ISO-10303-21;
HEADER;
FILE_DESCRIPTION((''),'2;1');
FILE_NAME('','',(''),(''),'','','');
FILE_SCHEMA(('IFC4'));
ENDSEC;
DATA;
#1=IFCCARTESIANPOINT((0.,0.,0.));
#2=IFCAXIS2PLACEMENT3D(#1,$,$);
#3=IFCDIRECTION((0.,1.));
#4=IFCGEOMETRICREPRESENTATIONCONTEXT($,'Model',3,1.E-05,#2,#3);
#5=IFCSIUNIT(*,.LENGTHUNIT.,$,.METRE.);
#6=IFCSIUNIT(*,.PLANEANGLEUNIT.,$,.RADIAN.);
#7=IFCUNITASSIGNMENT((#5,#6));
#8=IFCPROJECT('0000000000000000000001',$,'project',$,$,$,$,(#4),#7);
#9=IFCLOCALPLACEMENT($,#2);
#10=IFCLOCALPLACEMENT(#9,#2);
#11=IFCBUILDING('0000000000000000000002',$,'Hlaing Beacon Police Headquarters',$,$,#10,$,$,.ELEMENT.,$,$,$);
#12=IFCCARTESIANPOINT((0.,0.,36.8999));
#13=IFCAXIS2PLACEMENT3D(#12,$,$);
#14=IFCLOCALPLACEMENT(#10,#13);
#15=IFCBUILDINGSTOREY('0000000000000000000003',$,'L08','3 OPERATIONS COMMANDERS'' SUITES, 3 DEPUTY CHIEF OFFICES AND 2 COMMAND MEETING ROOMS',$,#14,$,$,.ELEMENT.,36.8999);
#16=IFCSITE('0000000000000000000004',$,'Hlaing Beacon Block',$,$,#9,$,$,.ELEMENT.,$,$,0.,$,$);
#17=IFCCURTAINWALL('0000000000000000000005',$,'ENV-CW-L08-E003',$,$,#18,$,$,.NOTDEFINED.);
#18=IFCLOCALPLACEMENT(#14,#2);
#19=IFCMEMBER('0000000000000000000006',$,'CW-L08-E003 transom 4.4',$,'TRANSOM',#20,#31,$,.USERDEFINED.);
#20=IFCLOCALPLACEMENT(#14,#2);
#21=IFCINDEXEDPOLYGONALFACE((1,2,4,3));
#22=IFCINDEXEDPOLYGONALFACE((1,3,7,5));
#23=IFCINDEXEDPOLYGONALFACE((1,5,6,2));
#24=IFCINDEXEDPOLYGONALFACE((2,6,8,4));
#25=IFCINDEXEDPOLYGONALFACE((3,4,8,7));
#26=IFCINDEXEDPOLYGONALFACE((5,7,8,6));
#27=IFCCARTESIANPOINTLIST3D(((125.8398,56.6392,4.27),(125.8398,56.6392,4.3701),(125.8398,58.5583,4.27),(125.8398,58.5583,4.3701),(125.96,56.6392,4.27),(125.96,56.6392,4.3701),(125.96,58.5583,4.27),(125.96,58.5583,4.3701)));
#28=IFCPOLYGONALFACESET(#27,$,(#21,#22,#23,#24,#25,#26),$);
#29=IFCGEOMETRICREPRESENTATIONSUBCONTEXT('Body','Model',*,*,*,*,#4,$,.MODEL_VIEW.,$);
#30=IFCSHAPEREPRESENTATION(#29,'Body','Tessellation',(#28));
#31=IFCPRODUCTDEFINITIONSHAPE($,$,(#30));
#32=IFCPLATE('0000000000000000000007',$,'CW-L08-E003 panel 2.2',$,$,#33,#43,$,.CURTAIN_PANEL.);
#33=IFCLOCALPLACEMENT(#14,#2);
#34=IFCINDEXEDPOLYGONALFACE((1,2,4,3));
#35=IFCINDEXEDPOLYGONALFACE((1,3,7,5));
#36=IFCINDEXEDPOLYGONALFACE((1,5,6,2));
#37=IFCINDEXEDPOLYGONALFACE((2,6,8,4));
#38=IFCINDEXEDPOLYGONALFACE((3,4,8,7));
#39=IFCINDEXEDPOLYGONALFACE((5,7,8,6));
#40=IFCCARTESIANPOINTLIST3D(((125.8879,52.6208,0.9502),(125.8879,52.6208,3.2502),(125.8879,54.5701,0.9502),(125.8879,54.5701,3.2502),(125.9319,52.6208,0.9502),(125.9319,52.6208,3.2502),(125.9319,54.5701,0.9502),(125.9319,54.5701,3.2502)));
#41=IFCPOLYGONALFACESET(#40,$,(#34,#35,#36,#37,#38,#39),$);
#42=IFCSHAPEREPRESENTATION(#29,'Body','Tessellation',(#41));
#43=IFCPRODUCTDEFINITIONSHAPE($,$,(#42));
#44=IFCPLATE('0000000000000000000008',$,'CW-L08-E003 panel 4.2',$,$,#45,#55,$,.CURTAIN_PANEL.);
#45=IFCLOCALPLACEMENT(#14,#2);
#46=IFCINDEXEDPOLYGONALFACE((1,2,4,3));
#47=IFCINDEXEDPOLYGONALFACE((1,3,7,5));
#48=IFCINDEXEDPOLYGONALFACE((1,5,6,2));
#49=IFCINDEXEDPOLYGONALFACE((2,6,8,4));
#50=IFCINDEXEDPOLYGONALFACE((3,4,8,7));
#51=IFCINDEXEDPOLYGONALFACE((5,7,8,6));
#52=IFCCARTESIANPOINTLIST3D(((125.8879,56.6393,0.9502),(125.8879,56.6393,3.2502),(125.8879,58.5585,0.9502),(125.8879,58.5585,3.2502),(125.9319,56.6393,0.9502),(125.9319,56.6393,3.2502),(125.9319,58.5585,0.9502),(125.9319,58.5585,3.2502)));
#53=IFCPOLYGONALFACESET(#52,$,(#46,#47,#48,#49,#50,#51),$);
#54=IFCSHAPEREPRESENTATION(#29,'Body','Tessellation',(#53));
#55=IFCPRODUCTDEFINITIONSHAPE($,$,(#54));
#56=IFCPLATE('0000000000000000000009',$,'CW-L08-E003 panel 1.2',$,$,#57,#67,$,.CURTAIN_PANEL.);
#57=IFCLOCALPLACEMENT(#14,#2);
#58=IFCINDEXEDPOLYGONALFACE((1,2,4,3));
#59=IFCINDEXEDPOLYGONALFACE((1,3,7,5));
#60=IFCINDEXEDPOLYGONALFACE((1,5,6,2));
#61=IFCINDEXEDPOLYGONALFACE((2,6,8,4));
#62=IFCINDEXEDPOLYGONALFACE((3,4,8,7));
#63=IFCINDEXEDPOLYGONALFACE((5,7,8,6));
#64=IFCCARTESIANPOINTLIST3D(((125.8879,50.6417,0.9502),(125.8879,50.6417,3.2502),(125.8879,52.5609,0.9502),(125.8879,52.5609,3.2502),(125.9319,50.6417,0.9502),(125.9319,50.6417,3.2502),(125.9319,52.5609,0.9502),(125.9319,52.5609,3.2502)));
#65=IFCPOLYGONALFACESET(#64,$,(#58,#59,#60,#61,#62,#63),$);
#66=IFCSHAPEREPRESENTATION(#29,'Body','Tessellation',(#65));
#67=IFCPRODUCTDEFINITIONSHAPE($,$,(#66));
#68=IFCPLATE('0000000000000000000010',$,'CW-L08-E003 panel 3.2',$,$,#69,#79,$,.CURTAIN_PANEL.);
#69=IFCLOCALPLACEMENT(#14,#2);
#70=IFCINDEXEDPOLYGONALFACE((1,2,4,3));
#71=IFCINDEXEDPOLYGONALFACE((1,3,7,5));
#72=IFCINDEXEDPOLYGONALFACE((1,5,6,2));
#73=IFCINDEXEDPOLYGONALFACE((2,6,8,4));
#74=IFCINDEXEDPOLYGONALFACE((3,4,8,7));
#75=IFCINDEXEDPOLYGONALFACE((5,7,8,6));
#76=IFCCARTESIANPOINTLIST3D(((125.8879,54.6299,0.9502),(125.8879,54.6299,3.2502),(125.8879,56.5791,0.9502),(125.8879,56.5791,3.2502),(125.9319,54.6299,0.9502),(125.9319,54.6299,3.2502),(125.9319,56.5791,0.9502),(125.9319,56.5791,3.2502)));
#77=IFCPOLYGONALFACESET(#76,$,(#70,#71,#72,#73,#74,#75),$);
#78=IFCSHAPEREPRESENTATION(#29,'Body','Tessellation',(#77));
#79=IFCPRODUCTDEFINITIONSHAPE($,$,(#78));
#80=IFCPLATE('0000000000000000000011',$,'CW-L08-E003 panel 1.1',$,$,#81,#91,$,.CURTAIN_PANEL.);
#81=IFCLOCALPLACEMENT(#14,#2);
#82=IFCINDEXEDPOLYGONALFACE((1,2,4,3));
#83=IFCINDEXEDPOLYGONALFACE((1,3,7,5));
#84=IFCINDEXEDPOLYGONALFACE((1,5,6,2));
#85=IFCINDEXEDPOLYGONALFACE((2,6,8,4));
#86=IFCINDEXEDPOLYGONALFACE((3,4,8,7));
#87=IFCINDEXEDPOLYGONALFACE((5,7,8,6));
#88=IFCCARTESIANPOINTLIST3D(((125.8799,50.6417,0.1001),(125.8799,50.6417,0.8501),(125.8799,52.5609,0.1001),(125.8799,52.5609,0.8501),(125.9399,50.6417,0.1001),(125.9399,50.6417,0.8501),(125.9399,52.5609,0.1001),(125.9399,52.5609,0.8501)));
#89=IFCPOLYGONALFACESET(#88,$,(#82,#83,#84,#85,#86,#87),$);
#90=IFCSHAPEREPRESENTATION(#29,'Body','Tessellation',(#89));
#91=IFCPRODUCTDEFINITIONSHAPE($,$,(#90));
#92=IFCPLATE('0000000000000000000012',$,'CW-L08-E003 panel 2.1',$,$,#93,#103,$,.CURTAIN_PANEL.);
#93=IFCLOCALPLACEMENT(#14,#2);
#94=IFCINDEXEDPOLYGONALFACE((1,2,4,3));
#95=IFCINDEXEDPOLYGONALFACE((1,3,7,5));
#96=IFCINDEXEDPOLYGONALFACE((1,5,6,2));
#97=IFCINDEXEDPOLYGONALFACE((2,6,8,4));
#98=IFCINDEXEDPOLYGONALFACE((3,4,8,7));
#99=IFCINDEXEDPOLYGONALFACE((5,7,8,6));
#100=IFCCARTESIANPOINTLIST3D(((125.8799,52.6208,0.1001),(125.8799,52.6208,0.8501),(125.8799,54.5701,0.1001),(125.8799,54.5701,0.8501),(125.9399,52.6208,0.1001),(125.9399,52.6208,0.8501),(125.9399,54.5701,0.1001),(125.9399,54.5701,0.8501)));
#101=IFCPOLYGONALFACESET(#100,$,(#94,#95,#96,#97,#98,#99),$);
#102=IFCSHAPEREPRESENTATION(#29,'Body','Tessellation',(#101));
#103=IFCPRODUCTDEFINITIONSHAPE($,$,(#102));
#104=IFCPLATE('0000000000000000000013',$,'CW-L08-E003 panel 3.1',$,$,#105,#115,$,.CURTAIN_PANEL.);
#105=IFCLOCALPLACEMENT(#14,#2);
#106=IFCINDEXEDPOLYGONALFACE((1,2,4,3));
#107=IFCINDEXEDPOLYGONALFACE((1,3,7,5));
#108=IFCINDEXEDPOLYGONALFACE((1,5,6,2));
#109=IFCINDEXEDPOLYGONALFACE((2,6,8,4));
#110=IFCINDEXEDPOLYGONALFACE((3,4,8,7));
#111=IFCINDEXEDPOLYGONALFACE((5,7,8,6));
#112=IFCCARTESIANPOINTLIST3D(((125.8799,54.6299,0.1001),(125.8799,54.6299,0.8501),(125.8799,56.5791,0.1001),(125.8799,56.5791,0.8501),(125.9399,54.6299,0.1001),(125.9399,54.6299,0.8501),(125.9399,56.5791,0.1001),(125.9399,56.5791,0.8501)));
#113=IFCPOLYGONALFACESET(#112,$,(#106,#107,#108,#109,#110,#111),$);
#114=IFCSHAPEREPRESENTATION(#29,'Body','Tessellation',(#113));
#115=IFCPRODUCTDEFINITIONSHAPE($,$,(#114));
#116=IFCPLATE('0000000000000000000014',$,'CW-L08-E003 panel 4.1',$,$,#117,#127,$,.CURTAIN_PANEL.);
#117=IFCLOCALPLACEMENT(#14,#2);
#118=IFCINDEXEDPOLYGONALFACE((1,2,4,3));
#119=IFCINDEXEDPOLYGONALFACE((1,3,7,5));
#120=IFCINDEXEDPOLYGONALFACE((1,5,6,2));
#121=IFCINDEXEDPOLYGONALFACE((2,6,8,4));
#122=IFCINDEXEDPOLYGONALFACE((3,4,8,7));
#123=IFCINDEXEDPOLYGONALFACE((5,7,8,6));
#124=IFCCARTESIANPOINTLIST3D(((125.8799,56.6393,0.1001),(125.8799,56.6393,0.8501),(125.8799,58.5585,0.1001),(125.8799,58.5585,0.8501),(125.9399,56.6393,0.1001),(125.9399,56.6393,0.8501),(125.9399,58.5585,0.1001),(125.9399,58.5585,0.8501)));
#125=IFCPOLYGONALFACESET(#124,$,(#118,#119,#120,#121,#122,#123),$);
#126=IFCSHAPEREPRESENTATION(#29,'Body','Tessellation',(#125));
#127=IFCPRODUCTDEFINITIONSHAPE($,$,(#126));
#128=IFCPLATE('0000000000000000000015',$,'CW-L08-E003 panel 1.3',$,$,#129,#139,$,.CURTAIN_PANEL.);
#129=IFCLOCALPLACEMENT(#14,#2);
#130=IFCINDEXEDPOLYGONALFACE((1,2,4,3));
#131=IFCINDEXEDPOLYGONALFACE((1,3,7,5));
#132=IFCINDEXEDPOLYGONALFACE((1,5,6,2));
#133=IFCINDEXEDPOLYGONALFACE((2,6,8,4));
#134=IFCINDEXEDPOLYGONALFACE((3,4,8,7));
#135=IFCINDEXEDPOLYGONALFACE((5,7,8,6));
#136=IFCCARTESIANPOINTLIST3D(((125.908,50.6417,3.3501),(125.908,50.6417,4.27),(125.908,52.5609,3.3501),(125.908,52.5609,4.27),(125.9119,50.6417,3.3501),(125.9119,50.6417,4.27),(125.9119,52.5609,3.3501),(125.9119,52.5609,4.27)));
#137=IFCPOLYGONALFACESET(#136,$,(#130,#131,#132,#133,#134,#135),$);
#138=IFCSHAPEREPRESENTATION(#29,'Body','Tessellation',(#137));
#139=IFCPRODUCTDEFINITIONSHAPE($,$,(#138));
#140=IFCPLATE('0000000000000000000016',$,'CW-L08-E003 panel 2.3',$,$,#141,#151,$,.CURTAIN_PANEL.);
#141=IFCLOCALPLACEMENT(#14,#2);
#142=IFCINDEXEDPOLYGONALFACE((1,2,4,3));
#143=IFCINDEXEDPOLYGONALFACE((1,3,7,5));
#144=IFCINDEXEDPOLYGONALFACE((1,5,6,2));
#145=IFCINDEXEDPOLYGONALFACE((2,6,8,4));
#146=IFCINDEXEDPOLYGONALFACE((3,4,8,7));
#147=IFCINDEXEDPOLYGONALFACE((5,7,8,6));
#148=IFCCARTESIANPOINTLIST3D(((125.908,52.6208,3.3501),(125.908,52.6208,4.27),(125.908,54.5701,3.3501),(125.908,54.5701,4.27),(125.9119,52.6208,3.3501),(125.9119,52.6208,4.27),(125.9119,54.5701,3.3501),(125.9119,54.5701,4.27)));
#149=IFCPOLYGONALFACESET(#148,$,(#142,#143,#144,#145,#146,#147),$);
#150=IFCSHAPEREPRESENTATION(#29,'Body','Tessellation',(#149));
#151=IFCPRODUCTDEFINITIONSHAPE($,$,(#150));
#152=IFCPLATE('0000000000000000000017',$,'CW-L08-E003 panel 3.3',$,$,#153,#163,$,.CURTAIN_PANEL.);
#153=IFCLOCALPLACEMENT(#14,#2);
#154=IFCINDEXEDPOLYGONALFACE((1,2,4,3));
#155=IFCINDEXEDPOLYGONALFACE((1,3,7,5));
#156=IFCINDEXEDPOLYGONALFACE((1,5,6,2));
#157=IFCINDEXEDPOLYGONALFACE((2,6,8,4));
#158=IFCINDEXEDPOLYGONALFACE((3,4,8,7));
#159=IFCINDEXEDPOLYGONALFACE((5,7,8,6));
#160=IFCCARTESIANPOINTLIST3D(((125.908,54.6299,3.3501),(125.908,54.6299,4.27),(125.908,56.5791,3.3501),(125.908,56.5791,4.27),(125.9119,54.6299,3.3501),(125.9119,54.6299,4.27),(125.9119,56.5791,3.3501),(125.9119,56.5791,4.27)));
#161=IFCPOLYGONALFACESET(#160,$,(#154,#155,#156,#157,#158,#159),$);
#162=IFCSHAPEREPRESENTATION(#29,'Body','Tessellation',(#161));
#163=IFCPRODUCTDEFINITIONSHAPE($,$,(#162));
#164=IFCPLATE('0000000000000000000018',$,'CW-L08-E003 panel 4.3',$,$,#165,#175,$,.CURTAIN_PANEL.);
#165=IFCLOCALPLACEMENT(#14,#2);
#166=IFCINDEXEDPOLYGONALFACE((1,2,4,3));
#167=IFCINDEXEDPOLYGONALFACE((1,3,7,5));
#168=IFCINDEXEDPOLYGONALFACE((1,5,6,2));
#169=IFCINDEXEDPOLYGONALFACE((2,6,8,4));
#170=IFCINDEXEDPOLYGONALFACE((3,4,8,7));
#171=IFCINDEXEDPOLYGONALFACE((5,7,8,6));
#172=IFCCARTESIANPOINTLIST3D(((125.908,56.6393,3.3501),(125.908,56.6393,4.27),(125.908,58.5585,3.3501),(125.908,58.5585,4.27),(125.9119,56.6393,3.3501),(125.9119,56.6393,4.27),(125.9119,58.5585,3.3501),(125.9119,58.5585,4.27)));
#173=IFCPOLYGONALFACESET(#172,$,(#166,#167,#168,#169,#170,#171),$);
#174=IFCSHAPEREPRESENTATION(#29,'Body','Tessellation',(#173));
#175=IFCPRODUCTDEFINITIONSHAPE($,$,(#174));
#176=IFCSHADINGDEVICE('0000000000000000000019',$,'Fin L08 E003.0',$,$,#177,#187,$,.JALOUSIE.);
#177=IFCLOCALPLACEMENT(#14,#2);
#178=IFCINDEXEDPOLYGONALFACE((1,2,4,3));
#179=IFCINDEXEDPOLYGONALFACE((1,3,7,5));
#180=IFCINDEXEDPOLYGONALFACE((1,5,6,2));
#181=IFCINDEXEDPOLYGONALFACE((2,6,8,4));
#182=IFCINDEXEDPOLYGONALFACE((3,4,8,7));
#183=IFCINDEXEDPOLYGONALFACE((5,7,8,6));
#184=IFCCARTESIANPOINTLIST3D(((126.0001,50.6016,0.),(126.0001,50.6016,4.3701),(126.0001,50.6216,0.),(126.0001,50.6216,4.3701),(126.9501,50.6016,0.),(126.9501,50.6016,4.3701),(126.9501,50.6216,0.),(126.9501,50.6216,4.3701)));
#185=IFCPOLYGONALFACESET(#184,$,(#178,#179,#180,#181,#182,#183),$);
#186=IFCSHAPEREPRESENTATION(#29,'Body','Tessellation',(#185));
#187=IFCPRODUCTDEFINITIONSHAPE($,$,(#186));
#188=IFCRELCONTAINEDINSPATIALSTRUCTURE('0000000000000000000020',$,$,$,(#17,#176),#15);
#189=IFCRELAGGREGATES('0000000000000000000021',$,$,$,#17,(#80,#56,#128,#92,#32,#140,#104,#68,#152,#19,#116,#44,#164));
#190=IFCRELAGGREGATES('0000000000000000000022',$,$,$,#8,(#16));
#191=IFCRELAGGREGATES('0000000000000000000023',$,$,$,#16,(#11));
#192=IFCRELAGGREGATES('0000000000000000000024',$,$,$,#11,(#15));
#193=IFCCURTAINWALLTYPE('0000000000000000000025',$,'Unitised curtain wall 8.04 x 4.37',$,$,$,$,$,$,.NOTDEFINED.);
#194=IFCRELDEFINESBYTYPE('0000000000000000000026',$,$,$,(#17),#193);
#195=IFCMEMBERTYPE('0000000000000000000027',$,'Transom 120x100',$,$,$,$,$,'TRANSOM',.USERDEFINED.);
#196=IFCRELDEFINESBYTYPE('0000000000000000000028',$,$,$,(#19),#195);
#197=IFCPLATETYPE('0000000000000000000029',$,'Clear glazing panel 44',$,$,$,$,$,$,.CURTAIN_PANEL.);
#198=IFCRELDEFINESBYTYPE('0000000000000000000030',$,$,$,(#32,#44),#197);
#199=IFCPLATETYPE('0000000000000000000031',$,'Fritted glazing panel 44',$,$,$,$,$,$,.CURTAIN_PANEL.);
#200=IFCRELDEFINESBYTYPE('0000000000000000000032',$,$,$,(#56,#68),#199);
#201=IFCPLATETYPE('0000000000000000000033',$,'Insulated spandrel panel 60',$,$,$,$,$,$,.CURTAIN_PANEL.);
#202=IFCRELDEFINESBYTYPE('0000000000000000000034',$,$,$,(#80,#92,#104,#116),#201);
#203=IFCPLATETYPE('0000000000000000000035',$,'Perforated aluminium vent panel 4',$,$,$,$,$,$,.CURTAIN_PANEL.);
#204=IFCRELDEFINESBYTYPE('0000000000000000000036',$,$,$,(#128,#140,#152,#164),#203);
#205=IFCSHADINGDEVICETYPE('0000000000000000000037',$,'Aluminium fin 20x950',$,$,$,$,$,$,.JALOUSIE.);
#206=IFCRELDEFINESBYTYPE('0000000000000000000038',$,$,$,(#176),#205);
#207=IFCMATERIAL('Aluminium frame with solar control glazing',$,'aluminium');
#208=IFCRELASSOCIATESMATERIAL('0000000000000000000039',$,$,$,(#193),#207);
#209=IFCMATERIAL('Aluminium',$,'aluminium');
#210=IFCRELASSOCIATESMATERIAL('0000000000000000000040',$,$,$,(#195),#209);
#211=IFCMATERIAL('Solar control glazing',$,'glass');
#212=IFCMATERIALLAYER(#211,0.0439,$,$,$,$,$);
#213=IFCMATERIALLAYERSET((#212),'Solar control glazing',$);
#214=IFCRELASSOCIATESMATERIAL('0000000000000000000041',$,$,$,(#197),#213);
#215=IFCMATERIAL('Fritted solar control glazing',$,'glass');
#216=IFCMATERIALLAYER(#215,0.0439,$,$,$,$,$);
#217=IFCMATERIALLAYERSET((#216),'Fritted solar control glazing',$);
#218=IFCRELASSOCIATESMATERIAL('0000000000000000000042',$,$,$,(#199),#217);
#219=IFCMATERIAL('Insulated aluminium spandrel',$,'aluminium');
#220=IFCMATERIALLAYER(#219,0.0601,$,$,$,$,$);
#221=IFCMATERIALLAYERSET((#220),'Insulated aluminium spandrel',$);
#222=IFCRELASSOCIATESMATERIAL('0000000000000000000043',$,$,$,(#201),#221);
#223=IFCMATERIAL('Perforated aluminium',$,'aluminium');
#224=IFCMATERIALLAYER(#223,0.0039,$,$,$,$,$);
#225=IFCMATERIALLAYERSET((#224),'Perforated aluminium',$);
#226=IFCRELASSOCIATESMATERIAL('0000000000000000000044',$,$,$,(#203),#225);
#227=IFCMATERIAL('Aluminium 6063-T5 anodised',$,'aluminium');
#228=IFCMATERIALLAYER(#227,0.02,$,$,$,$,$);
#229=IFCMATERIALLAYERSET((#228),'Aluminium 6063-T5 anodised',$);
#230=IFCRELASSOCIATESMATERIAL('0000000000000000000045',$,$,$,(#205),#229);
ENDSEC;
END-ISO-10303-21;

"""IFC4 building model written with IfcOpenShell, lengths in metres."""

from ifc_helpers import new_model, si_unit, direction, frame, origin, origin_2d, place, context, subcontext, project, spatial, rectangle, extrude, material, layer, layer_set, material_profile, profile_set, type_object, element, aggregate, save


model = new_model("IFC4")

# Units and contexts
model_context = context("Model", 3, precision=1e-05, world=origin(), true_north=direction((0.0, 1.0)))
body_context = subcontext(model_context, "Body", "Model", "MODEL_VIEW")
ifc_project = project(units=[si_unit("LENGTHUNIT", "METRE"), si_unit("PLANEANGLEUNIT", "RADIAN")], contexts=[model_context])

# Site, building, storey
site_placement = place(None, origin())
site = spatial("IfcSite", under=ifc_project, at=site_placement, Name="Hlaing Beacon Block", CompositionType="ELEMENT", RefElevation=0.0)
building_placement = place(site_placement, origin())
building = spatial("IfcBuilding", under=site, at=building_placement, Name="Hlaing Beacon Police Headquarters", CompositionType="ELEMENT")
storey_placement = place(building_placement, frame((0.0, 0.0, 36.8999)))
storey = spatial("IfcBuildingStorey", under=building, at=storey_placement, Name="L08", Description="3 OPERATIONS COMMANDERS' SUITES, 3 DEPUTY CHIEF OFFICES AND 2 COMMAND MEETING ROOMS", CompositionType="ELEMENT", Elevation=36.8999)

# Curtain wall, member, plates
ifc_material_1 = material(Name="Aluminium frame with solar control glazing", Category="aluminium")
curtain_wall_type = type_object("IfcCurtainWallType", Name="Unitised curtain wall 8.04 x 4.37", PredefinedType="NOTDEFINED", material=ifc_material_1)
curtain_wall_placement = place(storey_placement, origin())
curtain_wall = element("IfcCurtainWall", 1, at=curtain_wall_placement, inside=storey, type_object=curtain_wall_type, Name="ENV-CW-L08-E003", PredefinedType="NOTDEFINED")
ifc_material_2 = material(Name="Aluminium", Category="aluminium")
ifc_material_profile_1 = material_profile(ifc_material_2, rectangle(XDim=0.1201, YDim=0.1001, at=origin_2d()), Name="Transom 120x100")
ifc_profile_set_1 = profile_set([ifc_material_profile_1], Name="Aluminium")
member_type_1 = type_object("IfcMemberType", Name="Transom 120x100", ElementType="TRANSOM", PredefinedType="USERDEFINED", material=ifc_profile_set_1)
member_1_placement = place(storey_placement, frame((125.8999, 56.6392, 4.3201), z_axis=(0.0, 1.0, 0.0), x_axis=(-1.0, 0.0, 0.0)))
member_1 = element("IfcMember", 2, at=member_1_placement, type_object=member_type_1, Name="CW-L08-E003 transom 4.4", ObjectType="TRANSOM", PredefinedType="USERDEFINED", context=body_context, shape_type="SweptSolid", body=[
    extrude(rectangle(XDim=0.1201, YDim=0.1001, at=origin_2d()), origin(), (0.0, 0.0, 1.0), 1.9192),
])
ifc_material_3 = material(Name="Solar control glazing", Category="glass")
ifc_layer_1 = layer(ifc_material_3, 0.0439)
ifc_layer_set_1 = layer_set([ifc_layer_1], Name="Solar control glazing")
plate_type_1 = type_object("IfcPlateType", Name="Clear glazing panel 44", PredefinedType="CURTAIN_PANEL", material=ifc_layer_set_1)
plate_1_placement = place(storey_placement, frame((125.9099, 53.5955, 0.9502), z_axis=(0.0, 0.0, 1.0), x_axis=(0.0, 1.0, 0.0)))
plate_1 = element("IfcPlate", 3, at=plate_1_placement, type_object=plate_type_1, Name="CW-L08-E003 panel 2.2", PredefinedType="CURTAIN_PANEL", context=body_context, shape_type="SweptSolid", body=[
    extrude(rectangle(XDim=1.9492, YDim=0.0439, at=origin_2d()), origin(), (0.0, 0.0, 1.0), 2.3),
])
plate_2_placement = place(storey_placement, frame((125.9099, 57.5989, 0.9502), z_axis=(0.0, 0.0, 1.0), x_axis=(0.0, 1.0, 0.0)))
plate_2 = element("IfcPlate", 4, at=plate_2_placement, type_object=plate_type_1, Name="CW-L08-E003 panel 4.2", PredefinedType="CURTAIN_PANEL", context=body_context, shape_type="SweptSolid", body=[
    extrude(rectangle(XDim=1.9192, YDim=0.0439, at=origin_2d()), origin(), (0.0, 0.0, 1.0), 2.3),
])
ifc_material_4 = material(Name="Fritted solar control glazing", Category="glass")
ifc_layer_2 = layer(ifc_material_4, 0.0439)
ifc_layer_set_2 = layer_set([ifc_layer_2], Name="Fritted solar control glazing")
plate_type_2 = type_object("IfcPlateType", Name="Fritted glazing panel 44", PredefinedType="CURTAIN_PANEL", material=ifc_layer_set_2)
plate_3_placement = place(storey_placement, frame((125.9099, 51.6013, 0.9502), z_axis=(0.0, 0.0, 1.0), x_axis=(0.0, 1.0, 0.0)))
plate_3 = element("IfcPlate", 5, at=plate_3_placement, type_object=plate_type_2, Name="CW-L08-E003 panel 1.2", PredefinedType="CURTAIN_PANEL", context=body_context, shape_type="SweptSolid", body=[
    extrude(rectangle(XDim=1.9192, YDim=0.0439, at=origin_2d()), origin(), (0.0, 0.0, 1.0), 2.3),
])
plate_4_placement = place(storey_placement, frame((125.9099, 55.6045, 0.9502), z_axis=(0.0, 0.0, 1.0), x_axis=(0.0, 1.0, 0.0)))
plate_4 = element("IfcPlate", 6, at=plate_4_placement, type_object=plate_type_2, Name="CW-L08-E003 panel 3.2", PredefinedType="CURTAIN_PANEL", context=body_context, shape_type="SweptSolid", body=[
    extrude(rectangle(XDim=1.9492, YDim=0.0439, at=origin_2d()), origin(), (0.0, 0.0, 1.0), 2.3),
])
ifc_material_5 = material(Name="Insulated aluminium spandrel", Category="aluminium")
ifc_layer_3 = layer(ifc_material_5, 0.0601)
ifc_layer_set_3 = layer_set([ifc_layer_3], Name="Insulated aluminium spandrel")
plate_type_3 = type_object("IfcPlateType", Name="Insulated spandrel panel 60", PredefinedType="CURTAIN_PANEL", material=ifc_layer_set_3)
plate_5_placement = place(storey_placement, frame((125.9099, 51.6013, 0.1001), z_axis=(0.0, 0.0, 1.0), x_axis=(0.0, 1.0, 0.0)))
plate_5 = element("IfcPlate", 7, at=plate_5_placement, type_object=plate_type_3, Name="CW-L08-E003 panel 1.1", PredefinedType="CURTAIN_PANEL", context=body_context, shape_type="SweptSolid", body=[
    extrude(rectangle(XDim=1.9192, YDim=0.0601, at=origin_2d()), origin(), (0.0, 0.0, 1.0), 0.75),
])
plate_6_placement = place(storey_placement, frame((125.9099, 53.5955, 0.1001), z_axis=(0.0, 0.0, 1.0), x_axis=(0.0, 1.0, 0.0)))
plate_6 = element("IfcPlate", 8, at=plate_6_placement, type_object=plate_type_3, Name="CW-L08-E003 panel 2.1", PredefinedType="CURTAIN_PANEL", context=body_context, shape_type="SweptSolid", body=[
    extrude(rectangle(XDim=1.9492, YDim=0.0601, at=origin_2d()), origin(), (0.0, 0.0, 1.0), 0.75),
])
plate_7_placement = place(storey_placement, frame((125.9099, 55.6045, 0.1001), z_axis=(0.0, 0.0, 1.0), x_axis=(0.0, 1.0, 0.0)))
plate_7 = element("IfcPlate", 9, at=plate_7_placement, type_object=plate_type_3, Name="CW-L08-E003 panel 3.1", PredefinedType="CURTAIN_PANEL", context=body_context, shape_type="SweptSolid", body=[
    extrude(rectangle(XDim=1.9492, YDim=0.0601, at=origin_2d()), origin(), (0.0, 0.0, 1.0), 0.75),
])
plate_8_placement = place(storey_placement, frame((125.9099, 57.5989, 0.1001), z_axis=(0.0, 0.0, 1.0), x_axis=(0.0, 1.0, 0.0)))
plate_8 = element("IfcPlate", 10, at=plate_8_placement, type_object=plate_type_3, Name="CW-L08-E003 panel 4.1", PredefinedType="CURTAIN_PANEL", context=body_context, shape_type="SweptSolid", body=[
    extrude(rectangle(XDim=1.9192, YDim=0.0601, at=origin_2d()), origin(), (0.0, 0.0, 1.0), 0.75),
])
ifc_material_6 = material(Name="Perforated aluminium", Category="aluminium")
ifc_layer_4 = layer(ifc_material_6, 0.0039)
ifc_layer_set_4 = layer_set([ifc_layer_4], Name="Perforated aluminium")
plate_type_4 = type_object("IfcPlateType", Name="Perforated aluminium vent panel 4", PredefinedType="CURTAIN_PANEL", material=ifc_layer_set_4)
plate_9_placement = place(storey_placement, frame((125.9099, 51.6013, 3.3501), z_axis=(0.0, 0.0, 1.0), x_axis=(0.0, 1.0, 0.0)))
plate_9 = element("IfcPlate", 11, at=plate_9_placement, type_object=plate_type_4, Name="CW-L08-E003 panel 1.3", PredefinedType="CURTAIN_PANEL", context=body_context, shape_type="SweptSolid", body=[
    extrude(rectangle(XDim=1.9192, YDim=0.0039, at=origin_2d()), origin(), (0.0, 0.0, 1.0), 0.9199),
])
plate_10_placement = place(storey_placement, frame((125.9099, 53.5955, 3.3501), z_axis=(0.0, 0.0, 1.0), x_axis=(0.0, 1.0, 0.0)))
plate_10 = element("IfcPlate", 12, at=plate_10_placement, type_object=plate_type_4, Name="CW-L08-E003 panel 2.3", PredefinedType="CURTAIN_PANEL", context=body_context, shape_type="SweptSolid", body=[
    extrude(rectangle(XDim=1.9492, YDim=0.0039, at=origin_2d()), origin(), (0.0, 0.0, 1.0), 0.9199),
])
plate_11_placement = place(storey_placement, frame((125.9099, 55.6045, 3.3501), z_axis=(0.0, 0.0, 1.0), x_axis=(0.0, 1.0, 0.0)))
plate_11 = element("IfcPlate", 13, at=plate_11_placement, type_object=plate_type_4, Name="CW-L08-E003 panel 3.3", PredefinedType="CURTAIN_PANEL", context=body_context, shape_type="SweptSolid", body=[
    extrude(rectangle(XDim=1.9492, YDim=0.0039, at=origin_2d()), origin(), (0.0, 0.0, 1.0), 0.9199),
])
plate_12_placement = place(storey_placement, frame((125.9099, 57.5989, 3.3501), z_axis=(0.0, 0.0, 1.0), x_axis=(0.0, 1.0, 0.0)))
plate_12 = element("IfcPlate", 14, at=plate_12_placement, type_object=plate_type_4, Name="CW-L08-E003 panel 4.3", PredefinedType="CURTAIN_PANEL", context=body_context, shape_type="SweptSolid", body=[
    extrude(rectangle(XDim=1.9192, YDim=0.0039, at=origin_2d()), origin(), (0.0, 0.0, 1.0), 0.9199),
])
aggregate(curtain_wall, [plate_5, plate_3, plate_9, plate_6, plate_1, plate_10, plate_7, plate_4, plate_11, member_1, plate_8, plate_2, plate_12])

# Shading device
ifc_material_7 = material(Name="Aluminium 6063-T5 anodised", Category="aluminium")
ifc_layer_5 = layer(ifc_material_7, 0.02)
ifc_layer_set_5 = layer_set([ifc_layer_5], Name="Aluminium 6063-T5 anodised")
shading_device_type = type_object("IfcShadingDeviceType", Name="Aluminium fin 20x950", PredefinedType="JALOUSIE", material=ifc_layer_set_5)
for number, where, z_axis, x_axis, name in (
    (15, (126.4751, 50.6116, 0.0), (0.0, 0.0, 1.0), (0.0, 1.0, 0.0), "Fin L08 E003.0"),
):
    element("IfcShadingDevice", number, at=place(storey_placement, frame(where, z_axis=z_axis, x_axis=x_axis)), inside=storey, type_object=shading_device_type, Name=name, PredefinedType="JALOUSIE", context=body_context, shape_type="SweptSolid", body=[
        extrude(rectangle(XDim=0.02, YDim=0.95, at=origin_2d()), origin(), (0.0, 0.0, 1.0), 4.3701),
    ])

save(model, "model.ifc")
